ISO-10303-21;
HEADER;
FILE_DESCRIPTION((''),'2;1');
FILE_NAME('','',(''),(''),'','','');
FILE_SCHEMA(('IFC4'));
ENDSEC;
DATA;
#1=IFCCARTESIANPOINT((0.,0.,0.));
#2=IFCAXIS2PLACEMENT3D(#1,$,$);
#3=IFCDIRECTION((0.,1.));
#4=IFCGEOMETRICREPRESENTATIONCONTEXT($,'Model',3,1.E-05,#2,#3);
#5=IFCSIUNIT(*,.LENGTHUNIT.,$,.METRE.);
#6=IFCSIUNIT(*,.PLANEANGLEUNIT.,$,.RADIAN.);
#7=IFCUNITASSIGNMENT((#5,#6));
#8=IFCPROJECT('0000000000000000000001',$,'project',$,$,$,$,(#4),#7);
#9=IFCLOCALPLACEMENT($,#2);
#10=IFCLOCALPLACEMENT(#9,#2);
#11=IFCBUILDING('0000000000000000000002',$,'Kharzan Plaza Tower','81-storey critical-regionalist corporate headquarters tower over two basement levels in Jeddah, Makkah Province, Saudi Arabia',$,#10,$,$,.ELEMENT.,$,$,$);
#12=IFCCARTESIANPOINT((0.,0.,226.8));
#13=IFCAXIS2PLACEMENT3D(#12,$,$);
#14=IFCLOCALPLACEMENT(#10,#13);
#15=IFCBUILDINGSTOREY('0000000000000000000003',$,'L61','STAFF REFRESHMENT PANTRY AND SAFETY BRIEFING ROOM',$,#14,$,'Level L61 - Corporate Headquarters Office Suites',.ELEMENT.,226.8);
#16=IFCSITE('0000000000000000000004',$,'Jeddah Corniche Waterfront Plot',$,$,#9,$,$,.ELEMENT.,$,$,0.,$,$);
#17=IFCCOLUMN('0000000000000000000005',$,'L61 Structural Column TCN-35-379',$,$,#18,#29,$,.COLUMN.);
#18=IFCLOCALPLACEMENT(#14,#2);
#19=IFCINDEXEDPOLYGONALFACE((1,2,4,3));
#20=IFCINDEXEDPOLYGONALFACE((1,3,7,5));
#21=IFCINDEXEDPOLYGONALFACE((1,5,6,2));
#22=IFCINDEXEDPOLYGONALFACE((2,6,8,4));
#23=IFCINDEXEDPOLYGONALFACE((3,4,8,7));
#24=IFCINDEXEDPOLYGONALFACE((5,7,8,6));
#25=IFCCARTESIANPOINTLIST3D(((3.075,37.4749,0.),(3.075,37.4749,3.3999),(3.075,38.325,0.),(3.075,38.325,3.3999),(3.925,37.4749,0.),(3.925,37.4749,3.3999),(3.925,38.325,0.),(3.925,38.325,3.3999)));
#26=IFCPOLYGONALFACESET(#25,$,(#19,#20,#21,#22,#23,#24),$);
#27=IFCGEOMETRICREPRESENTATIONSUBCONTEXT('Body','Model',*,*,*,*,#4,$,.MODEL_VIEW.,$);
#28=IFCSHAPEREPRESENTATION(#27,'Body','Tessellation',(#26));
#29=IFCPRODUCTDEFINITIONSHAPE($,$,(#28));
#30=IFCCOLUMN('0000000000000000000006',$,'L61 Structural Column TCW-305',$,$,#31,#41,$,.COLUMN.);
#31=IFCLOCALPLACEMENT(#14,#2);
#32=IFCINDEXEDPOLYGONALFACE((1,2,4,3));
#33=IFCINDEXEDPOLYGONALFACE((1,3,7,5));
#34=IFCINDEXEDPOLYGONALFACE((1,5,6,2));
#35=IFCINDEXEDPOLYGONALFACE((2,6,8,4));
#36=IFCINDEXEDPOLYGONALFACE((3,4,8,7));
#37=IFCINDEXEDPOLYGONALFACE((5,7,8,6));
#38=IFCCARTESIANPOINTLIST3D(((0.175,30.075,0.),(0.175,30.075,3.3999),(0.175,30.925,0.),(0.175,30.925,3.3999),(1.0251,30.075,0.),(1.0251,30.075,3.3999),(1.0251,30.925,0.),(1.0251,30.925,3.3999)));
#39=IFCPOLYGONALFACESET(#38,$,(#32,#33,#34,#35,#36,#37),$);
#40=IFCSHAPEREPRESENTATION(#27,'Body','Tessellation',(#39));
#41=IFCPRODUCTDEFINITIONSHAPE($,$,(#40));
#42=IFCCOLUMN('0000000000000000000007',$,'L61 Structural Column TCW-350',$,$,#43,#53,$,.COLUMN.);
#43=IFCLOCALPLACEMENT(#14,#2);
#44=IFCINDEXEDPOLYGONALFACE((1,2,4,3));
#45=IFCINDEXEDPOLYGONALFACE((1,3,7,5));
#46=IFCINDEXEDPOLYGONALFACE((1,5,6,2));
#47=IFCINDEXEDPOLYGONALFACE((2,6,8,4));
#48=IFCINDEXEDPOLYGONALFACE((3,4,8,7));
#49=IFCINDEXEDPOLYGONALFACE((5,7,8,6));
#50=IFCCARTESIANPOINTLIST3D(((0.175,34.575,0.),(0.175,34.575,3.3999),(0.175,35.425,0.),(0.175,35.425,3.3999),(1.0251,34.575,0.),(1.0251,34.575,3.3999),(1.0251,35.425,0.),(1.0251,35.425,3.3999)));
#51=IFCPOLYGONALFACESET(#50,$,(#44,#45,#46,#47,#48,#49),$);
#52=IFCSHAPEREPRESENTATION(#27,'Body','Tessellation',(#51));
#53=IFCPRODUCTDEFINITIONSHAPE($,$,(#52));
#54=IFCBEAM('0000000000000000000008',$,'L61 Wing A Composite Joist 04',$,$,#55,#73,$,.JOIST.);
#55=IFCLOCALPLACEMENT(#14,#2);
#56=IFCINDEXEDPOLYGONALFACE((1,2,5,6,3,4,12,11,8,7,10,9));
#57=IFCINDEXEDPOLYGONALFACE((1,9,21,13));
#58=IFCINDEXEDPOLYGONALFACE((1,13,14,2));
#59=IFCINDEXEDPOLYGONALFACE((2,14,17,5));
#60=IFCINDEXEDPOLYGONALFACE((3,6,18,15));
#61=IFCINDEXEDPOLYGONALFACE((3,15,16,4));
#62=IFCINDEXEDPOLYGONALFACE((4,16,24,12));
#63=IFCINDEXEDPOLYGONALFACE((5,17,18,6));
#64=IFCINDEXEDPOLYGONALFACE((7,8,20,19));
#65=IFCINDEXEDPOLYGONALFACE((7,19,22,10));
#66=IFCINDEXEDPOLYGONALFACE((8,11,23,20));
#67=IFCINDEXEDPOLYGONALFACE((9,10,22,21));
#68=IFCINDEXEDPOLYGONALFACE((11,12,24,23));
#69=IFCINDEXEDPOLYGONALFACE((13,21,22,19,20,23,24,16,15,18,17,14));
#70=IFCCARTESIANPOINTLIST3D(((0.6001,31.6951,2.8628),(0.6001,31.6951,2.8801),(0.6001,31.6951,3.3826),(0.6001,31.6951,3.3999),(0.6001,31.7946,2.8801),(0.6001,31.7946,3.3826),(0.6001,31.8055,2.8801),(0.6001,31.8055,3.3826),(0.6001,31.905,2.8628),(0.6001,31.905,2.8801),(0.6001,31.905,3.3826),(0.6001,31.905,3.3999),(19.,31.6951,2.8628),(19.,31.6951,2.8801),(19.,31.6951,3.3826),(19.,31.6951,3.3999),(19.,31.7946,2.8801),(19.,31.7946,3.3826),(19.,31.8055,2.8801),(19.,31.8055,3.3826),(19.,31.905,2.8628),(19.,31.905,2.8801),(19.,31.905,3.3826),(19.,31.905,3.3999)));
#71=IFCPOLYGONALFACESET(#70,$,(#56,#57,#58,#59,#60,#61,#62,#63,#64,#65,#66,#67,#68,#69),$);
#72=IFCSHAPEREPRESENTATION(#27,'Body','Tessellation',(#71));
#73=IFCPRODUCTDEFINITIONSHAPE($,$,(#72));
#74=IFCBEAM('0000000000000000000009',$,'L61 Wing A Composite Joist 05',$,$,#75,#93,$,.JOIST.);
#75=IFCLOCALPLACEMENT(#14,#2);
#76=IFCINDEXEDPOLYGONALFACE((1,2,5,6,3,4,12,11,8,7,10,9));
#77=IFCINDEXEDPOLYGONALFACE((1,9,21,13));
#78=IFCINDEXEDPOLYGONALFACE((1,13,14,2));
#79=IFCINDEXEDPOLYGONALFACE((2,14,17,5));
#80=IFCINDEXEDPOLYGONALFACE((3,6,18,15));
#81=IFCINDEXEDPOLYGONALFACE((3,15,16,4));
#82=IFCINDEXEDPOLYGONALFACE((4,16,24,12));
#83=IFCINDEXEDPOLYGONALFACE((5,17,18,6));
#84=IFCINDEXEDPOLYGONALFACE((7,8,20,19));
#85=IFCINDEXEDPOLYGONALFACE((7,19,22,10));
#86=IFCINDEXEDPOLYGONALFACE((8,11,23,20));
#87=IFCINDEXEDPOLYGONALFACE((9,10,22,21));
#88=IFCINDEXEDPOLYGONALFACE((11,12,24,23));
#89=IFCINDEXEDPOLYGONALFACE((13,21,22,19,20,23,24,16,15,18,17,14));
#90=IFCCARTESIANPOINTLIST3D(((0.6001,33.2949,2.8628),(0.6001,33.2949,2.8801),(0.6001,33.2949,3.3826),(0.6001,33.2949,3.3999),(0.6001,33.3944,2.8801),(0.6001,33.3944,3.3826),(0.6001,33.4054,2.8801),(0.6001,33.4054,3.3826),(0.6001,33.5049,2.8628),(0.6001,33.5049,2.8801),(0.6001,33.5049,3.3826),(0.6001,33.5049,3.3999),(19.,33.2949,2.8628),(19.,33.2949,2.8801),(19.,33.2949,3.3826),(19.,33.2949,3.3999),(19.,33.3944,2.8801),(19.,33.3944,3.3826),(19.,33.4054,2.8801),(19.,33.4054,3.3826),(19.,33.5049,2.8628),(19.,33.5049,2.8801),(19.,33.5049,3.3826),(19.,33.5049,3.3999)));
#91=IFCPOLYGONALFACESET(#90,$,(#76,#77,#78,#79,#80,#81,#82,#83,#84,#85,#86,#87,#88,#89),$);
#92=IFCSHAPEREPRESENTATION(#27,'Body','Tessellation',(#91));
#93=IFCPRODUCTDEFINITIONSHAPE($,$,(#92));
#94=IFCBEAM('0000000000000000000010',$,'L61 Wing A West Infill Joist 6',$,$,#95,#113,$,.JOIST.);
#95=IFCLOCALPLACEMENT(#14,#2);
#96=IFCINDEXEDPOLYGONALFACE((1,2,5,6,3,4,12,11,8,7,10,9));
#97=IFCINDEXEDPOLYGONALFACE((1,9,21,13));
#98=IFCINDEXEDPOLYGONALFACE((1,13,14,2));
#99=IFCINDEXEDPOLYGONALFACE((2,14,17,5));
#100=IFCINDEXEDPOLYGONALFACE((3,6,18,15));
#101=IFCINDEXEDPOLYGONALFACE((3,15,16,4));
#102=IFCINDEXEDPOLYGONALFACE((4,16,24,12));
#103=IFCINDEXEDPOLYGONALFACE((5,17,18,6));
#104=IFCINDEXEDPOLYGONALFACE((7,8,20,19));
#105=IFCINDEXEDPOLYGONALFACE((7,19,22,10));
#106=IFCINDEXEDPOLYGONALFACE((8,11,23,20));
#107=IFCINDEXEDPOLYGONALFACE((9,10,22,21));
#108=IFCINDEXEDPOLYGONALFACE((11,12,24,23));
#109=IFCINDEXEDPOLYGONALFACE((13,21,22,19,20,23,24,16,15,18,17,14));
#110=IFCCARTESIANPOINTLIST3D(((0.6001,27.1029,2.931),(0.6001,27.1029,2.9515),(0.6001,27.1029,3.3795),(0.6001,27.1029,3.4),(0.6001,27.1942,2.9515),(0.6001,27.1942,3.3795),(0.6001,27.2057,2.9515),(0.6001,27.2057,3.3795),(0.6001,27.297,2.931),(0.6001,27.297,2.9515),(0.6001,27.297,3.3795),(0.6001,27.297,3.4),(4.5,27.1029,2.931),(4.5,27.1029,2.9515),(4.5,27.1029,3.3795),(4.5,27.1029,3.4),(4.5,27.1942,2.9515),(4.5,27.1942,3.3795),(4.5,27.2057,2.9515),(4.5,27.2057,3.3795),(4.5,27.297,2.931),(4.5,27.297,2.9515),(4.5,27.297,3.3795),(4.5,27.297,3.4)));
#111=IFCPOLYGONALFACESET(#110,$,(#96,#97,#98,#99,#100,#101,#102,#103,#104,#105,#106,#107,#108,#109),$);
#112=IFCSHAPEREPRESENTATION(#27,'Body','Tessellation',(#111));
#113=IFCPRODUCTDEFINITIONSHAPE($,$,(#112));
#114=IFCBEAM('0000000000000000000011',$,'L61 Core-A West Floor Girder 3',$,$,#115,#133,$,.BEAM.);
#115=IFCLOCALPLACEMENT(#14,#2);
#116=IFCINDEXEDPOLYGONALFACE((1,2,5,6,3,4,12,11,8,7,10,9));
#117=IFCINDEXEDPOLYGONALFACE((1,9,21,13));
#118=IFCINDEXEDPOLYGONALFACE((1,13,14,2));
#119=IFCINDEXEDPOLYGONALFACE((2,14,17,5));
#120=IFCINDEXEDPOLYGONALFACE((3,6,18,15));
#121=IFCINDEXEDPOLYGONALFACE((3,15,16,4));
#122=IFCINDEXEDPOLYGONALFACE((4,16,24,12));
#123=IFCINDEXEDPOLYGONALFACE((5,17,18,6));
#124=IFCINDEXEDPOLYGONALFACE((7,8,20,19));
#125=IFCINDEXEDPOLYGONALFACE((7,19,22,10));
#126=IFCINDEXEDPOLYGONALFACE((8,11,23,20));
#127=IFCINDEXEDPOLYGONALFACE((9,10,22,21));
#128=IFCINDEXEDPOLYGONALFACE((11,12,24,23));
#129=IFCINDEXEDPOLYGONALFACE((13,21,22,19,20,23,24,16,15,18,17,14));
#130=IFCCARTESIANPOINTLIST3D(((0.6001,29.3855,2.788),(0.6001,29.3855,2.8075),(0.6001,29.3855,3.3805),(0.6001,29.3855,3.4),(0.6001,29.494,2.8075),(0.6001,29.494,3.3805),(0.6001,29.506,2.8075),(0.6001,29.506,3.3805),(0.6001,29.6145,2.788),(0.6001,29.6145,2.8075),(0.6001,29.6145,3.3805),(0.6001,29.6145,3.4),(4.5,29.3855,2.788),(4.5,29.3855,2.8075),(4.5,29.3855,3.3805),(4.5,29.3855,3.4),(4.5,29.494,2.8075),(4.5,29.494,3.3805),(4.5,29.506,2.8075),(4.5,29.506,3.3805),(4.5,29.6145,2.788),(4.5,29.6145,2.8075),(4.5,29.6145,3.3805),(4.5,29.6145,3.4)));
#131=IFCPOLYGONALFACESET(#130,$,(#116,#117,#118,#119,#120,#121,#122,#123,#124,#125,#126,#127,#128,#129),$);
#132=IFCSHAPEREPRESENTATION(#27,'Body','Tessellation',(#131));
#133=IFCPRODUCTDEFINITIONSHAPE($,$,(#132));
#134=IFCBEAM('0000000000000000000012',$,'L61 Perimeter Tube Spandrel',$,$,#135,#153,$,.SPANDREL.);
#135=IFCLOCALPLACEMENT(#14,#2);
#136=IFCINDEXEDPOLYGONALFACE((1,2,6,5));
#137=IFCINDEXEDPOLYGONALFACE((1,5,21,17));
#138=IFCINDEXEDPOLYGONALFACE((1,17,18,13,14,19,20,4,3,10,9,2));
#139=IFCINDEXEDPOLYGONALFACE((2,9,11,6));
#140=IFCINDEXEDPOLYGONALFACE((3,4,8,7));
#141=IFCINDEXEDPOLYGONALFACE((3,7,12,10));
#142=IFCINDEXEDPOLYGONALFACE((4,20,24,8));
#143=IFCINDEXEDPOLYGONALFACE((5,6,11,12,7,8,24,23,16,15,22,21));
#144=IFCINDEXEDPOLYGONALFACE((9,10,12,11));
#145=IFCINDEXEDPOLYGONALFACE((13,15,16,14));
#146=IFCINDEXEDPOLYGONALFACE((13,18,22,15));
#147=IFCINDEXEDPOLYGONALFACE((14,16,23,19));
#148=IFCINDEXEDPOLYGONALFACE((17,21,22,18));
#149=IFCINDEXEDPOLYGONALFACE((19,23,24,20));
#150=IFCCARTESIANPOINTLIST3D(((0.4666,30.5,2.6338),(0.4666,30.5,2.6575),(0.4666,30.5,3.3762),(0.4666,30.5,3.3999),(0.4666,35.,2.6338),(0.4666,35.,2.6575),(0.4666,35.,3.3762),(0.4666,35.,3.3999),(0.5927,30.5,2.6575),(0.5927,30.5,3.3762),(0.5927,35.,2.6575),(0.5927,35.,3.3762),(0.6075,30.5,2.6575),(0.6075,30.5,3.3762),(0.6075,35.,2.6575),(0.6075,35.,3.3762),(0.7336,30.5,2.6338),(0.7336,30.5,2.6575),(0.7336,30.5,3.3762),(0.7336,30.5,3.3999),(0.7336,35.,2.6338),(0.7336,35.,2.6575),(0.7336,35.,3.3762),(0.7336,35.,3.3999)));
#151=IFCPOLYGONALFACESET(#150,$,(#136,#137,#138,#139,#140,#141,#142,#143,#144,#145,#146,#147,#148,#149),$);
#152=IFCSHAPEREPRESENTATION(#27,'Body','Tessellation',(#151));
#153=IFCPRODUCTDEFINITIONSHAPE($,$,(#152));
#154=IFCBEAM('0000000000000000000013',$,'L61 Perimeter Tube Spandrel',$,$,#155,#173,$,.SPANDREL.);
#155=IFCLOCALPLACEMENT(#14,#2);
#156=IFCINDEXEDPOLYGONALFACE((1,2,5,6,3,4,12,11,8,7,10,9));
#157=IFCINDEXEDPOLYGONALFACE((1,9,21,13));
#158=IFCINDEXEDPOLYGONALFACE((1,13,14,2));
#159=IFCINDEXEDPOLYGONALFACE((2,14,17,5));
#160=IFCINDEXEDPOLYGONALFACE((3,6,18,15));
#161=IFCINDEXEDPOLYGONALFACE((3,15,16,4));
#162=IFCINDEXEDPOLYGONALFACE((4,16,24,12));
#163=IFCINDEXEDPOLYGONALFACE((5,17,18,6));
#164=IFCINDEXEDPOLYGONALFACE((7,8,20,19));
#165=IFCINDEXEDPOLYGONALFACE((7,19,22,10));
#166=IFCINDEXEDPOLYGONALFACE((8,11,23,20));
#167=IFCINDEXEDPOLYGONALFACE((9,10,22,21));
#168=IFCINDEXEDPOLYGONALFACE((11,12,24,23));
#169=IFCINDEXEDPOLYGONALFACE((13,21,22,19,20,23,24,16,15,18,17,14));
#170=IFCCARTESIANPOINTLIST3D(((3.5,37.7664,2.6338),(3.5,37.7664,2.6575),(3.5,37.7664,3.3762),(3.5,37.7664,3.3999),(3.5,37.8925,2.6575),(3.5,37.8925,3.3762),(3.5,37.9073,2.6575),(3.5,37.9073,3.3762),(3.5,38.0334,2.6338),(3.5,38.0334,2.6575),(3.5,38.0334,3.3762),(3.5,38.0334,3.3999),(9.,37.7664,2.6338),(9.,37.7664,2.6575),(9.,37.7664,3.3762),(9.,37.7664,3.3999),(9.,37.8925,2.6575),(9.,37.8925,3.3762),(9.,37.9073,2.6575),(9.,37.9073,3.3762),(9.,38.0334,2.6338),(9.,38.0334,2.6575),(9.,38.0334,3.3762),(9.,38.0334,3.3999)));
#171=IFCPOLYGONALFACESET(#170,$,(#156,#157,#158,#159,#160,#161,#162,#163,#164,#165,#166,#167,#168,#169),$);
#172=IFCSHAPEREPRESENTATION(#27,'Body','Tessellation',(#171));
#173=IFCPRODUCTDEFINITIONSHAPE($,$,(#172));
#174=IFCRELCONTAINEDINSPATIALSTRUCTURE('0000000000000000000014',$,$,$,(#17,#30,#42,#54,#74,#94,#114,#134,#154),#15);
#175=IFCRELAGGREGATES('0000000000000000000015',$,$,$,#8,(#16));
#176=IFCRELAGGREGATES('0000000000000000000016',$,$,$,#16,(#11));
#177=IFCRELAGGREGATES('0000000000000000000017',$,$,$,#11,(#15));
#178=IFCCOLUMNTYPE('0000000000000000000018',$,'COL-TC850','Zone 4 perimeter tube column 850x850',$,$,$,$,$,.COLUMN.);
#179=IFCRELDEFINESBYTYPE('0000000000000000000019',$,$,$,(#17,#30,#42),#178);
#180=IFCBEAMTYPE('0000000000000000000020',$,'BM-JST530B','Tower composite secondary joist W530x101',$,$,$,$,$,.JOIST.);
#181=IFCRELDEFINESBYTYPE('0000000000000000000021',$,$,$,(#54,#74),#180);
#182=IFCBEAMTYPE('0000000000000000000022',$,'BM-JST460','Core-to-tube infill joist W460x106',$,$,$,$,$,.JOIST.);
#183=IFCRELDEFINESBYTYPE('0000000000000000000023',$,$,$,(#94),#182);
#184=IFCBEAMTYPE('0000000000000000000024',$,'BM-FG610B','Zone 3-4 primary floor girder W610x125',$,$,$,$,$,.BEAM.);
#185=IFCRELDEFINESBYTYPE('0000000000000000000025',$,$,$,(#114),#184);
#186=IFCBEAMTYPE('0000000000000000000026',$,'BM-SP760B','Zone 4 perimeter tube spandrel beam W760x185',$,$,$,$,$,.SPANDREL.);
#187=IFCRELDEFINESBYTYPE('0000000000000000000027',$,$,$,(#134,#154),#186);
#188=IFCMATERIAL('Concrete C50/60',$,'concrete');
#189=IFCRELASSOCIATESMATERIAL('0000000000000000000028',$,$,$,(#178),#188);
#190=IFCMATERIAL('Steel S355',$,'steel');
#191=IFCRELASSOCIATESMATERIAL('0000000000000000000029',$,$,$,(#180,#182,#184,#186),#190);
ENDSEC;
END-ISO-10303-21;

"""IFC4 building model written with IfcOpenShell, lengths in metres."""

from ifc_helpers import new_model, si_unit, direction, frame, origin, origin_2d, place, context, subcontext, project, spatial, rectangle, i_section, extrude, source, transform, mapped, material, material_profile, profile_set, type_object, element, save


model = new_model("IFC4")

# Units and contexts
model_context = context("Model", 3, precision=1e-05, world=origin(), true_north=direction((0.0, 1.0)))
body_context = subcontext(model_context, "Body", "Model", "MODEL_VIEW")
ifc_project = project(units=[si_unit("LENGTHUNIT", "METRE"), si_unit("PLANEANGLEUNIT", "RADIAN")], contexts=[model_context])

# Site, building, storey
site_placement = place(None, origin())
site = spatial("IfcSite", under=ifc_project, at=site_placement, Name="Jeddah Corniche Waterfront Plot", CompositionType="ELEMENT", RefElevation=0.0)
building_placement = place(site_placement, origin())
building = spatial("IfcBuilding", under=site, at=building_placement, Name="Kharzan Plaza Tower", Description="81-storey critical-regionalist corporate headquarters tower over two basement levels in Jeddah, Makkah Province, Saudi Arabia", CompositionType="ELEMENT")
storey_placement = place(building_placement, frame((0.0, 0.0, 226.8)))
storey = spatial("IfcBuildingStorey", under=building, at=storey_placement, Name="L61", Description="STAFF REFRESHMENT PANTRY AND SAFETY BRIEFING ROOM", LongName="Level L61 - Corporate Headquarters Office Suites", CompositionType="ELEMENT", Elevation=226.8)

# Columns
ifc_material_1 = material(Name="Concrete C50/60", Category="concrete")
ifc_material_profile_1 = material_profile(ifc_material_1, rectangle(XDim=0.8501, YDim=0.8501, at=origin_2d()), Name="RC-TC850x850")
ifc_profile_set_1 = profile_set([ifc_material_profile_1], Name="Concrete C50/60")
column_type = type_object("IfcColumnType", Name="COL-TC850", Description="Zone 4 perimeter tube column 850x850", PredefinedType="COLUMN", material=ifc_profile_set_1)
shared_shape_1 = source(origin(), body_context, "Body", "SweptSolid", [
    extrude(rectangle(XDim=0.8501, YDim=0.8501, at=origin_2d()), origin(), (0.0, 0.0, 1.0), 3.3999),
])
for number, where, z_axis, x_axis, name in (
    (1, (3.5, 37.8999, 0.0), (0.0, 0.0, 1.0), (1.0, 0.0, 0.0), "L61 Structural Column TCN-35-379"),
    (2, (0.6001, 30.5, 0.0), (0.0, 0.0, 1.0), (1.0, 0.0, 0.0), "L61 Structural Column TCW-305"),
    (3, (0.6001, 35.0, 0.0), (0.0, 0.0, 1.0), (1.0, 0.0, 0.0), "L61 Structural Column TCW-350"),
):
    element("IfcColumn", number, at=place(storey_placement, frame(where, z_axis=z_axis, x_axis=x_axis)), inside=storey, type_object=column_type, Name=name, PredefinedType="COLUMN", context=body_context, shape_type="MappedRepresentation", body=[
        mapped(shared_shape_1, transform((0.0, 0.0, 0.0), x_axis=(1.0, 0.0, 0.0), y_axis=(0.0, 1.0, 0.0), z_axis=(0.0, 0.0, 1.0))),
    ])

# Beams
ifc_material_2 = material(Name="Steel S355", Category="steel")
ifc_material_profile_2 = material_profile(ifc_material_2, i_section(OverallWidth=0.21, OverallDepth=0.5371, WebThickness=0.011, FlangeThickness=0.0173, at=origin_2d()), Name="W530x101")
ifc_profile_set_2 = profile_set([ifc_material_profile_2], Name="Steel S355")
beam_type_1 = type_object("IfcBeamType", Name="BM-JST530B", Description="Tower composite secondary joist W530x101", PredefinedType="JOIST", material=ifc_profile_set_2)
shared_shape_2 = source(origin(), body_context, "Body", "SweptSolid", [
    extrude(i_section(OverallWidth=0.21, OverallDepth=0.5371, WebThickness=0.011, FlangeThickness=0.0173, at=origin_2d()), origin(), (0.0, 0.0, 1.0), 18.3999),
])
for number, where, z_axis, x_axis, name in (
    (4, (0.6001, 31.8, 3.1313), (1.0, 0.0, 0.0), (0.0, 1.0, 0.0), "L61 Wing A Composite Joist 04"),
    (5, (0.6001, 33.3999, 3.1313), (1.0, 0.0, 0.0), (0.0, 1.0, 0.0), "L61 Wing A Composite Joist 05"),
):
    element("IfcBeam", number, at=place(storey_placement, frame(where, z_axis=z_axis, x_axis=x_axis)), inside=storey, type_object=beam_type_1, Name=name, PredefinedType="JOIST", context=body_context, shape_type="MappedRepresentation", body=[
        mapped(shared_shape_2, transform((0.0, 0.0, 0.0), x_axis=(1.0, 0.0, 0.0), y_axis=(0.0, 1.0, 0.0), z_axis=(0.0, 0.0, 1.0))),
    ])
ifc_material_profile_3 = material_profile(ifc_material_2, i_section(OverallWidth=0.1941, OverallDepth=0.469, WebThickness=0.0115, FlangeThickness=0.0205, at=origin_2d()), Name="W460x106")
ifc_profile_set_3 = profile_set([ifc_material_profile_3], Name="Steel S355")
beam_type_2 = type_object("IfcBeamType", Name="BM-JST460", Description="Core-to-tube infill joist W460x106", PredefinedType="JOIST", material=ifc_profile_set_3)
shared_shape_3 = source(origin(), body_context, "Body", "SweptSolid", [
    extrude(i_section(OverallWidth=0.1941, OverallDepth=0.469, WebThickness=0.0115, FlangeThickness=0.0205, at=origin_2d()), origin(), (0.0, 0.0, 1.0), 3.8999),
])
beam_1_placement = place(storey_placement, frame((0.6001, 27.2, 3.1655), z_axis=(1.0, 0.0, 0.0), x_axis=(0.0, 1.0, 0.0)))
element("IfcBeam", 6, at=beam_1_placement, inside=storey, type_object=beam_type_2, Name="L61 Wing A West Infill Joist 6", PredefinedType="JOIST", context=body_context, shape_type="MappedRepresentation", body=[
    mapped(shared_shape_3, transform((0.0, 0.0, 0.0), x_axis=(1.0, 0.0, 0.0), y_axis=(0.0, 1.0, 0.0), z_axis=(0.0, 0.0, 1.0))),
])
ifc_material_profile_4 = material_profile(ifc_material_2, i_section(OverallWidth=0.229, OverallDepth=0.6121, WebThickness=0.012, FlangeThickness=0.0195, at=origin_2d()), Name="W610x125")
ifc_profile_set_4 = profile_set([ifc_material_profile_4], Name="Steel S355")
beam_type_3 = type_object("IfcBeamType", Name="BM-FG610B", Description="Zone 3-4 primary floor girder W610x125", PredefinedType="BEAM", material=ifc_profile_set_4)
shared_shape_4 = source(origin(), body_context, "Body", "SweptSolid", [
    extrude(i_section(OverallWidth=0.229, OverallDepth=0.6121, WebThickness=0.012, FlangeThickness=0.0195, at=origin_2d()), origin(), (0.0, 0.0, 1.0), 3.8999),
])
beam_2_placement = place(storey_placement, frame((0.6001, 29.5, 3.094), z_axis=(1.0, 0.0, 0.0), x_axis=(0.0, 1.0, 0.0)))
element("IfcBeam", 7, at=beam_2_placement, inside=storey, type_object=beam_type_3, Name="L61 Core-A West Floor Girder 3", PredefinedType="BEAM", context=body_context, shape_type="MappedRepresentation", body=[
    mapped(shared_shape_4, transform((0.0, 0.0, 0.0), x_axis=(1.0, 0.0, 0.0), y_axis=(0.0, 1.0, 0.0), z_axis=(0.0, 0.0, 1.0))),
])
ifc_material_profile_5 = material_profile(ifc_material_2, i_section(OverallWidth=0.2671, OverallDepth=0.7661, WebThickness=0.0149, FlangeThickness=0.0237, at=origin_2d()), Name="W760x185")
ifc_profile_set_5 = profile_set([ifc_material_profile_5], Name="Steel S355")
beam_type_4 = type_object("IfcBeamType", Name="BM-SP760B", Description="Zone 4 perimeter tube spandrel beam W760x185", PredefinedType="SPANDREL", material=ifc_profile_set_5)
shared_shape_5 = source(origin(), body_context, "Body", "SweptSolid", [
    extrude(i_section(OverallWidth=0.2671, OverallDepth=0.7661, WebThickness=0.0149, FlangeThickness=0.0237, at=origin_2d()), origin(), (0.0, 0.0, 1.0), 4.5),
])
beam_3_placement = place(storey_placement, frame((0.6001, 30.5, 3.0168), z_axis=(0.0, 1.0, 0.0), x_axis=(-1.0, 0.0, 0.0)))
element("IfcBeam", 8, at=beam_3_placement, inside=storey, type_object=beam_type_4, Name="L61 Perimeter Tube Spandrel", PredefinedType="SPANDREL", context=body_context, shape_type="MappedRepresentation", body=[
    mapped(shared_shape_5, transform((0.0, 0.0, 0.0), x_axis=(1.0, 0.0, 0.0), y_axis=(0.0, 1.0, 0.0), z_axis=(0.0, 0.0, 1.0))),
])
shared_shape_6 = source(origin(), body_context, "Body", "SweptSolid", [
    extrude(i_section(OverallWidth=0.2671, OverallDepth=0.7661, WebThickness=0.0149, FlangeThickness=0.0237, at=origin_2d()), origin(), (0.0, 0.0, 1.0), 5.5),
])
beam_4_placement = place(storey_placement, frame((3.5, 37.8999, 3.0168), z_axis=(1.0, 0.0, 0.0), x_axis=(0.0, 1.0, 0.0)))
element("IfcBeam", 9, at=beam_4_placement, inside=storey, type_object=beam_type_4, Name="L61 Perimeter Tube Spandrel", PredefinedType="SPANDREL", context=body_context, shape_type="MappedRepresentation", body=[
    mapped(shared_shape_6, transform((0.0, 0.0, 0.0), x_axis=(1.0, 0.0, 0.0), y_axis=(0.0, 1.0, 0.0), z_axis=(0.0, 0.0, 1.0))),
])

save(model, "model.ifc")
